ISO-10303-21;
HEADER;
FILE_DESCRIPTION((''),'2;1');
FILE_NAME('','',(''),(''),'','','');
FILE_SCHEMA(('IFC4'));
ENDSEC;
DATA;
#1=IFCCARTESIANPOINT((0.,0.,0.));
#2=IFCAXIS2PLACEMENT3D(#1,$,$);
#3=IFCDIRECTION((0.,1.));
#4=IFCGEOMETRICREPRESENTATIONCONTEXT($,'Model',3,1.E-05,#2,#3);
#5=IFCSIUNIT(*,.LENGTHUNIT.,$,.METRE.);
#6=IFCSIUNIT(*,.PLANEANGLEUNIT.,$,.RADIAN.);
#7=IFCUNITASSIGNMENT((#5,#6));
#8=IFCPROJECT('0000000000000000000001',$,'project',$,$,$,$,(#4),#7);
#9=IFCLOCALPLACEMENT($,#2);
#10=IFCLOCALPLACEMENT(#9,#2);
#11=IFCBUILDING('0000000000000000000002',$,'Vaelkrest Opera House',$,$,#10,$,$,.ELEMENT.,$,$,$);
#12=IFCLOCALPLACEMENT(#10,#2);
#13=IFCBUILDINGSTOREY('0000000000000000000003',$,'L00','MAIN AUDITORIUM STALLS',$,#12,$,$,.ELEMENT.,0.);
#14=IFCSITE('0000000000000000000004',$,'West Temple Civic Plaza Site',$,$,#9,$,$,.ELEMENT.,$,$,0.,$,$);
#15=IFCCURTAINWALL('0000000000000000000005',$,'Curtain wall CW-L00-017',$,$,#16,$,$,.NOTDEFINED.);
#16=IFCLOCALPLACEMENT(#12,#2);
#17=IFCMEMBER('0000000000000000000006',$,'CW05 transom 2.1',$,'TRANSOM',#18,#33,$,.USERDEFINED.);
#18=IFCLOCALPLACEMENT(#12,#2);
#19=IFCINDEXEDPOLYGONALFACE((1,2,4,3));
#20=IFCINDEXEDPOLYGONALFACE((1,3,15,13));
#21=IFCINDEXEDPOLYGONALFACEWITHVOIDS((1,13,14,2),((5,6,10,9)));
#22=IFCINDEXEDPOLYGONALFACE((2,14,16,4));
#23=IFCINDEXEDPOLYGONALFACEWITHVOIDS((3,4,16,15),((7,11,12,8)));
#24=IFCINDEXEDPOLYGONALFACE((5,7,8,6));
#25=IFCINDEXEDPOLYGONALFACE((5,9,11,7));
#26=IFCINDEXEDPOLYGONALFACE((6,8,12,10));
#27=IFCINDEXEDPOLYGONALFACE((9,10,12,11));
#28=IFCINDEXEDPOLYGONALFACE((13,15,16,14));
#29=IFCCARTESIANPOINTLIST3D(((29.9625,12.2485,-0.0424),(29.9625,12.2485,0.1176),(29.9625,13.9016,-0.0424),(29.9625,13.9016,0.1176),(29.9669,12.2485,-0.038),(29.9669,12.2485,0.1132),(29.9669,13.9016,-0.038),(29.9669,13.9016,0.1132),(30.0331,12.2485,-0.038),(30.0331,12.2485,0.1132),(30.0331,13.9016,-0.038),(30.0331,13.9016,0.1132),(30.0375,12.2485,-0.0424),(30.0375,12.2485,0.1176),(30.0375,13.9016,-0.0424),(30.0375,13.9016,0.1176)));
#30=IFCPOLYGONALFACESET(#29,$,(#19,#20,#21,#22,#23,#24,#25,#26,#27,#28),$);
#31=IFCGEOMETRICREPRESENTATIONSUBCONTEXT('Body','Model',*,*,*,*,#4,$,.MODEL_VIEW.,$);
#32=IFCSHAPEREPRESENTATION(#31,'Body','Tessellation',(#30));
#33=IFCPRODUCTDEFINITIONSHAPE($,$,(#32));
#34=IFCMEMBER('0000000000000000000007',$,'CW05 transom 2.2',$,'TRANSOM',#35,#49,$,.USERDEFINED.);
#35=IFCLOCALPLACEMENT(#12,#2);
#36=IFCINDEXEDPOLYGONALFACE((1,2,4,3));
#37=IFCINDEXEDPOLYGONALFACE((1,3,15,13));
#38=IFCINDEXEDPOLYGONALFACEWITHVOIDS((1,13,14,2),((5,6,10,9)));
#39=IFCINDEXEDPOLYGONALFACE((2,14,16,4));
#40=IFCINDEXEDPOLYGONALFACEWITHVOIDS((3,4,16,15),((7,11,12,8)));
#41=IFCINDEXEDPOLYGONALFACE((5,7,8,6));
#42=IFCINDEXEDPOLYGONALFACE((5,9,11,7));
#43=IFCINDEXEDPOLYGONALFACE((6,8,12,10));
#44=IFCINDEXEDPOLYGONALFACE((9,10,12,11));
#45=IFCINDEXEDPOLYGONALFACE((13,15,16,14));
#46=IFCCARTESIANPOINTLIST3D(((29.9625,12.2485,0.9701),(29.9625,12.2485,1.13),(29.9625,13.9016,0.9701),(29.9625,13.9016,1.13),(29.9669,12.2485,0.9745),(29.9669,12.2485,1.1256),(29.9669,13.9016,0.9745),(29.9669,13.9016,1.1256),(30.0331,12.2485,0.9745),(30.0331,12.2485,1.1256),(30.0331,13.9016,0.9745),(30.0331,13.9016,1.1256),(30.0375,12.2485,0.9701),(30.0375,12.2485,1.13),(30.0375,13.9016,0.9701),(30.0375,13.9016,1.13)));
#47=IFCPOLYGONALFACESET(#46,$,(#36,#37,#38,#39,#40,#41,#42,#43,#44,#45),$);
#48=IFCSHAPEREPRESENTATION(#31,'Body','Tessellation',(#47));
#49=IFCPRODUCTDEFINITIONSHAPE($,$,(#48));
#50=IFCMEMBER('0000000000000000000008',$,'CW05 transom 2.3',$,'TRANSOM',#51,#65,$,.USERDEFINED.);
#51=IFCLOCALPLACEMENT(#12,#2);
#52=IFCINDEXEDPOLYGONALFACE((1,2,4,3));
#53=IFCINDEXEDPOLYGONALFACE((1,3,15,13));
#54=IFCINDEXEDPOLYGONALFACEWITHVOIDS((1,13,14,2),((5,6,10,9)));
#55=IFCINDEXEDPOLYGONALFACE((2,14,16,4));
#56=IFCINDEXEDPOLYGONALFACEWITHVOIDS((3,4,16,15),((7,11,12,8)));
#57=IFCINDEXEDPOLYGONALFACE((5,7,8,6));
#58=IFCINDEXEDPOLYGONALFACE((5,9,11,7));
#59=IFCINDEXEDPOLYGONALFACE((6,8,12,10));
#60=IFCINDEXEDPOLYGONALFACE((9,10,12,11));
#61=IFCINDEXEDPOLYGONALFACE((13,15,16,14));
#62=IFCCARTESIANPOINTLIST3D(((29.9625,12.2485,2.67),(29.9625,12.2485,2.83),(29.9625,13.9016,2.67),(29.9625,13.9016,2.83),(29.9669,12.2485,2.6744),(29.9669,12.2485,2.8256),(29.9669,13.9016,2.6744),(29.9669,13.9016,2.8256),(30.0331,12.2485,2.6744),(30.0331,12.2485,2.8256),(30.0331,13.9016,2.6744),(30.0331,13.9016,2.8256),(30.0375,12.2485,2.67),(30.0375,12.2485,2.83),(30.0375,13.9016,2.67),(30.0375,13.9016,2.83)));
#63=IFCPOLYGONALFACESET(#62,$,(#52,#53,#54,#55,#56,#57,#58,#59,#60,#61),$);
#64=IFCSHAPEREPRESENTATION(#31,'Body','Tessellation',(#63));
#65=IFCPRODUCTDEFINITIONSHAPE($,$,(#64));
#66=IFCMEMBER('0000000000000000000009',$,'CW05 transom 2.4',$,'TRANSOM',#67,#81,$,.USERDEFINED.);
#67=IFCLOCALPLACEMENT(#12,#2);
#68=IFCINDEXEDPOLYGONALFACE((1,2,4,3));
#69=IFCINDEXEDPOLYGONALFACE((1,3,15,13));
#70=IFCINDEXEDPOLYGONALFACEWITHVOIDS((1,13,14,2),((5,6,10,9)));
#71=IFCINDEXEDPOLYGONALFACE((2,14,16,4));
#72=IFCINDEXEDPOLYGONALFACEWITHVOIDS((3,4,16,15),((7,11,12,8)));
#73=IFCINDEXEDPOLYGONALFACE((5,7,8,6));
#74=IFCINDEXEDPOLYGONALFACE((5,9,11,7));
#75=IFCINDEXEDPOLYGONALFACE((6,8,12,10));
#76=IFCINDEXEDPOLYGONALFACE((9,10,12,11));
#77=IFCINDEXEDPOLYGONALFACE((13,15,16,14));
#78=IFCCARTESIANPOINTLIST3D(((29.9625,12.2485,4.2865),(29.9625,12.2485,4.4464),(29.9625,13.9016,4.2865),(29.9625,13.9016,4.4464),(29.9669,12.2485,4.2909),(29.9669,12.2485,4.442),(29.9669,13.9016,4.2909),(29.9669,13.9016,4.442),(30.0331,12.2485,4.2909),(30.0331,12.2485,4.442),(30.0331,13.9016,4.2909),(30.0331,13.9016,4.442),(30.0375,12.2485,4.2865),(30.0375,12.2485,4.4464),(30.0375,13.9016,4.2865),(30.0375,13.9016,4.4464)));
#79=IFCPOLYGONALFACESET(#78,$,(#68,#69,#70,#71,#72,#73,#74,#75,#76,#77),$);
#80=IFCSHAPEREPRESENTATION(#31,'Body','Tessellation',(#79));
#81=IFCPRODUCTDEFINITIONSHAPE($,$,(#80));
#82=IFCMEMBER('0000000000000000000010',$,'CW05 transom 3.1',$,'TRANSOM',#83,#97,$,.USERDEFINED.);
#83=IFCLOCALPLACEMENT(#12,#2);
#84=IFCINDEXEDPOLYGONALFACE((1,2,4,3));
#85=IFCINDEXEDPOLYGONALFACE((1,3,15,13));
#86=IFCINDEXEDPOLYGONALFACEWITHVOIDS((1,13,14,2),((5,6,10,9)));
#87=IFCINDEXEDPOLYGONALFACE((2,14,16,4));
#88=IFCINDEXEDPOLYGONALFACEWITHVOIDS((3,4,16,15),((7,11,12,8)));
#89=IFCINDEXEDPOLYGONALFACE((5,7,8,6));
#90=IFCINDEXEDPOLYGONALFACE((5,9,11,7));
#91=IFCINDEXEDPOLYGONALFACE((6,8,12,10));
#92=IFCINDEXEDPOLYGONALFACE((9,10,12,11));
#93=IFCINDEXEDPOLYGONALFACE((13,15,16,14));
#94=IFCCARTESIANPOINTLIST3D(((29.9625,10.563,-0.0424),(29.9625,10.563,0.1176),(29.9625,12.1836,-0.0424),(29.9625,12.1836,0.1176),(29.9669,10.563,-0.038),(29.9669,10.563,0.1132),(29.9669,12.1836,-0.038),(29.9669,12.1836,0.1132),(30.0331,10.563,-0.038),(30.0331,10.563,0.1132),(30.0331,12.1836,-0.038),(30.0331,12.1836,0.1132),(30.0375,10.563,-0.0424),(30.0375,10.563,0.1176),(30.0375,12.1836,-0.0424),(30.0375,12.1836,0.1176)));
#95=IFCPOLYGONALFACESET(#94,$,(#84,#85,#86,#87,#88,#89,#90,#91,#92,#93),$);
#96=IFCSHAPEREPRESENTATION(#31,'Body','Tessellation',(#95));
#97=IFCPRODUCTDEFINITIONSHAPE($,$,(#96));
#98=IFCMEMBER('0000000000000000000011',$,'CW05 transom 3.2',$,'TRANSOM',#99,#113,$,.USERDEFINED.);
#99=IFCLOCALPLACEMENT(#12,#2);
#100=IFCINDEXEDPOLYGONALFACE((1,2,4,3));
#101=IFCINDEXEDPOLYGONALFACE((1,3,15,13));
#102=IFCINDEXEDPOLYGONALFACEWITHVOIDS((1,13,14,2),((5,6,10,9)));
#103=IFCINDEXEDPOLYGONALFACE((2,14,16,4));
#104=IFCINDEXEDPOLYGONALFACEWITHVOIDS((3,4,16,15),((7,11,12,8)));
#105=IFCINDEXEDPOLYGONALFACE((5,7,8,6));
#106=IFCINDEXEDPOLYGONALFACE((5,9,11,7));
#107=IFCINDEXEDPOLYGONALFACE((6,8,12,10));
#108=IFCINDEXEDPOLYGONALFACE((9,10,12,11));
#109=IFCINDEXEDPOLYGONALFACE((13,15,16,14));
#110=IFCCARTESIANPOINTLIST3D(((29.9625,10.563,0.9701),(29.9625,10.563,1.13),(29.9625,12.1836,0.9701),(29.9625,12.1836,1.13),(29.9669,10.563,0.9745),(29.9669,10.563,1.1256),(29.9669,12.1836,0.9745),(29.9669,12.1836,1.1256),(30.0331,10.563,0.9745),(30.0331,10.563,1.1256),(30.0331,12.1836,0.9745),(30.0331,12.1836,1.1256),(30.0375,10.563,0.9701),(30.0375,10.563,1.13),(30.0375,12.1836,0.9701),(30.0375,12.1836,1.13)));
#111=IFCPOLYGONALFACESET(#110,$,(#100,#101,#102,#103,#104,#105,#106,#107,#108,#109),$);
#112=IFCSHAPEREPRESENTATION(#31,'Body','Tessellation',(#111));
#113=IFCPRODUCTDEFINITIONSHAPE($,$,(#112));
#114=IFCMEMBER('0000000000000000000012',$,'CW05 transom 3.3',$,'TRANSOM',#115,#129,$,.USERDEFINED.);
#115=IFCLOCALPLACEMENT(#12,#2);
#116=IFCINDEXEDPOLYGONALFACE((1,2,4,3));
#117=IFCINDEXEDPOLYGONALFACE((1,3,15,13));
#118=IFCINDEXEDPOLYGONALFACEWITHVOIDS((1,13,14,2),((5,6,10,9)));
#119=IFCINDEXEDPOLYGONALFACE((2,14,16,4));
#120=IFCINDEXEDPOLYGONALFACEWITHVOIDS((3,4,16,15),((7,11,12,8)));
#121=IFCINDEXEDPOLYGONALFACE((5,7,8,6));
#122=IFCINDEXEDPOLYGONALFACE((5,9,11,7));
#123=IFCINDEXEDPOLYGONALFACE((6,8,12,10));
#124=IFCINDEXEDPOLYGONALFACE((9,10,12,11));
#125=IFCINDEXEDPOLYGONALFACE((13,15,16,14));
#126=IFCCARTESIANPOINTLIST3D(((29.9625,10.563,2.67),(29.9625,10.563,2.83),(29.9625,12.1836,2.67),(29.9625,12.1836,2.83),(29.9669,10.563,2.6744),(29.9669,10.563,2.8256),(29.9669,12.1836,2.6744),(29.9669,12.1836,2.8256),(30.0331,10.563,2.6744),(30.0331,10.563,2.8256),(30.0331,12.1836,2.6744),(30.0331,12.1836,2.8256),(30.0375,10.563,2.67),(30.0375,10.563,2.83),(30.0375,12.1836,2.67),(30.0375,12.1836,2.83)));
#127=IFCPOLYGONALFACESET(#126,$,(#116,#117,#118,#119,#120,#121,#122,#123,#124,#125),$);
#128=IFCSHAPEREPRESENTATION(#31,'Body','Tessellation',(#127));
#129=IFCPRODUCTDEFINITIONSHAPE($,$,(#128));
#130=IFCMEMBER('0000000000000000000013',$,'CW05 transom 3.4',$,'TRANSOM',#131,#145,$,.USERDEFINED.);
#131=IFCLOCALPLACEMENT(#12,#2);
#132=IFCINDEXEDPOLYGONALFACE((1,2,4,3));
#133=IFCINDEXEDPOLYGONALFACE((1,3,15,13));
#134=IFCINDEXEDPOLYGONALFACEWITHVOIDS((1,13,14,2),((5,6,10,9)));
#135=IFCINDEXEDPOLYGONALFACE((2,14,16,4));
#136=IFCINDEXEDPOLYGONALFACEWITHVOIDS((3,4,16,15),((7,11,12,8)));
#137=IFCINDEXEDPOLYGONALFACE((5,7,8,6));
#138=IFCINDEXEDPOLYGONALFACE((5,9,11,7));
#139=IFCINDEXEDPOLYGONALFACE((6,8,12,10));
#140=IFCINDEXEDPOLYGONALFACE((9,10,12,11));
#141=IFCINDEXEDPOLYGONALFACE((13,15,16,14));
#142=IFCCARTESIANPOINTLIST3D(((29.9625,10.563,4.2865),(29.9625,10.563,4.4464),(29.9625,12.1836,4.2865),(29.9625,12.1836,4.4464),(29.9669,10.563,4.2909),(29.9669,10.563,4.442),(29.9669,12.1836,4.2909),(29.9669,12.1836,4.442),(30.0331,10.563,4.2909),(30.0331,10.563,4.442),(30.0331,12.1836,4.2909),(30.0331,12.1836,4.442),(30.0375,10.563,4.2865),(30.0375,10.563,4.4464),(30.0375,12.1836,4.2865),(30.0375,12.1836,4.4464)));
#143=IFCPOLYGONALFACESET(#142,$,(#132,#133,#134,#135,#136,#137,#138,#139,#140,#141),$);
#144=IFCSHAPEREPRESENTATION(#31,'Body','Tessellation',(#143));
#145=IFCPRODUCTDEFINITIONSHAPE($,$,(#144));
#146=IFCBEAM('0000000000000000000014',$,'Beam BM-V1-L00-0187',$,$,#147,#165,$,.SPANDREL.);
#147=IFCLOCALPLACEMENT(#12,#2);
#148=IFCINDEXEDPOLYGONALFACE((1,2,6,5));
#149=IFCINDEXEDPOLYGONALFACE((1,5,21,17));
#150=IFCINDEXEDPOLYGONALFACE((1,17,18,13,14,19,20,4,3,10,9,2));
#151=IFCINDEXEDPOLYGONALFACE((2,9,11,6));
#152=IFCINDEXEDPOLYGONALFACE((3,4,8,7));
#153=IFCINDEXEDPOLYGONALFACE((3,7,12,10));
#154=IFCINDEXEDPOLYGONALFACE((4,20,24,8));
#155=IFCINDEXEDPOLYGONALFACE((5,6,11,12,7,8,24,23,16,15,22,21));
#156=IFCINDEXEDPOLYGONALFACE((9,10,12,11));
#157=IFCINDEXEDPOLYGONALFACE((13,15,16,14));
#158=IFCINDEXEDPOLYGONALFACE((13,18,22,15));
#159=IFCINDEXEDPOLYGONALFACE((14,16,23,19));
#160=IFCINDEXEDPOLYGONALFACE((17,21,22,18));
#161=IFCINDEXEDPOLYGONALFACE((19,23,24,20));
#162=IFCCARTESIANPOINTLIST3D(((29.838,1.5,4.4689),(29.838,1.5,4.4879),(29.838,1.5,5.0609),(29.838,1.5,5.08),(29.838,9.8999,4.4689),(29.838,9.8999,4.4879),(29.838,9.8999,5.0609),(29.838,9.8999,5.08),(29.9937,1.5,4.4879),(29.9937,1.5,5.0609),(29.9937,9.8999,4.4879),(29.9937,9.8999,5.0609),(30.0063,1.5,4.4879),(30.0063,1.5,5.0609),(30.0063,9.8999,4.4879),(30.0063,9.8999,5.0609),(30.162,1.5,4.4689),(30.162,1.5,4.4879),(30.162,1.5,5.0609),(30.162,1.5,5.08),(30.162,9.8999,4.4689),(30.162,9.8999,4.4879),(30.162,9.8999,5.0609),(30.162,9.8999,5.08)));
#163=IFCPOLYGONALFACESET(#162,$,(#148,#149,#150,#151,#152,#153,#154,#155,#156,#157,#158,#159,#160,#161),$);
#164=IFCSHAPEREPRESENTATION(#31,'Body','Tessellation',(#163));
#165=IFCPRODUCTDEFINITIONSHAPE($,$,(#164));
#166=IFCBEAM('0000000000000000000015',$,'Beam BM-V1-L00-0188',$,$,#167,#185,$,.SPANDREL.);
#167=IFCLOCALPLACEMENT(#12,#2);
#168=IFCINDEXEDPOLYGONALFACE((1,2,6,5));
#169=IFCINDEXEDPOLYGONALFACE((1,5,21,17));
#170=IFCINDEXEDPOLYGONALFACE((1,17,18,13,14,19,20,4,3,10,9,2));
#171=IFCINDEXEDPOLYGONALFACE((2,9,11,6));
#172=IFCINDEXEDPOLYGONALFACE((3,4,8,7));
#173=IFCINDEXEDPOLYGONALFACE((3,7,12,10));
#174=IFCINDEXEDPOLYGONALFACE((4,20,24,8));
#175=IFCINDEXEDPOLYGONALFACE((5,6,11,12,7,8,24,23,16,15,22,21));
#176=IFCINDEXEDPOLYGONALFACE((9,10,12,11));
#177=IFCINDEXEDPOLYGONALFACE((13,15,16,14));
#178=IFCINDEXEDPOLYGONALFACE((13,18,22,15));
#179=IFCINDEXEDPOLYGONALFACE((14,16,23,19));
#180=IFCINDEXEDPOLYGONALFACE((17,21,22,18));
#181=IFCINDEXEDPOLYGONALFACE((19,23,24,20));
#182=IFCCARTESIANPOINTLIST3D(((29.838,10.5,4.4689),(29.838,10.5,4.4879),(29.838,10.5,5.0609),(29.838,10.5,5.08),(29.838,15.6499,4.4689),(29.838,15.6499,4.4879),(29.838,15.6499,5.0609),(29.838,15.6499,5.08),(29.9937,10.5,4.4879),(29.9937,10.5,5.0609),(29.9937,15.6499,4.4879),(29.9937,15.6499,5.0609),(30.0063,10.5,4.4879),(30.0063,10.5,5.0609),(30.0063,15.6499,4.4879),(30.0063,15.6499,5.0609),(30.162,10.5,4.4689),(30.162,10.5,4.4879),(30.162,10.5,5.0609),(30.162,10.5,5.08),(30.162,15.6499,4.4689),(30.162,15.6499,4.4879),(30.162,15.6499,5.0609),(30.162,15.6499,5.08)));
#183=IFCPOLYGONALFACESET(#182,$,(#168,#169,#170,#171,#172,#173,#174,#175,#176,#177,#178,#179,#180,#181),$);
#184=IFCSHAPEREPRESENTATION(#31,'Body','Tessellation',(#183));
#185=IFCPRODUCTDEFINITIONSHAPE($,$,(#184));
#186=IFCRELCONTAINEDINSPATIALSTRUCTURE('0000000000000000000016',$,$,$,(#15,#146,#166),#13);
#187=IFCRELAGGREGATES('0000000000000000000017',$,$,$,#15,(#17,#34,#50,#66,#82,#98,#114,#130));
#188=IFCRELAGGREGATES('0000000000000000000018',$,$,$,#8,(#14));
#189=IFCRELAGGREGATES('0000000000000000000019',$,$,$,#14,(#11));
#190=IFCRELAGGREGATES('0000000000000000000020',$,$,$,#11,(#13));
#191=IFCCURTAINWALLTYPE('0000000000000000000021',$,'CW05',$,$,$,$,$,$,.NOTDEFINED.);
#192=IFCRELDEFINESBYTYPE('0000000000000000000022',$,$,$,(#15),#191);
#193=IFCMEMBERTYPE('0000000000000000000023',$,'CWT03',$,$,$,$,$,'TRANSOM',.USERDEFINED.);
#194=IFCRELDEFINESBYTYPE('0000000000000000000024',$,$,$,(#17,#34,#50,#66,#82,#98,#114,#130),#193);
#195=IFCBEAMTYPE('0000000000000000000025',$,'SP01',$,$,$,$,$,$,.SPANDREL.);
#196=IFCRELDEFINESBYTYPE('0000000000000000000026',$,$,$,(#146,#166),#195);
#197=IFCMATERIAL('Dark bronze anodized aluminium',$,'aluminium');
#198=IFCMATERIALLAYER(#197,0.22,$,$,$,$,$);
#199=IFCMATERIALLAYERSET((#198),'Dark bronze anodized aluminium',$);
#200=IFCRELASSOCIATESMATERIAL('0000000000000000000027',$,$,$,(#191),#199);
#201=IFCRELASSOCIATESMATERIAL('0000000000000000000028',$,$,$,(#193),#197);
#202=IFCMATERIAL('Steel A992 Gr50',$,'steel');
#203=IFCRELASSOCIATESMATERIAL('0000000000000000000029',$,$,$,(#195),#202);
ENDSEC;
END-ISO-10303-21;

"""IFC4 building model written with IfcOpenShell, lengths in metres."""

from ifc_helpers import new_model, si_unit, direction, frame, origin, origin_2d, place, context, subcontext, project, spatial, hollow_rectangle, i_section, extrude, material, layer, layer_set, material_profile, profile_set, type_object, element, aggregate, save


model = new_model("IFC4")

# Units and contexts
model_context = context("Model", 3, precision=1e-05, world=origin(), true_north=direction((0.0, 1.0)))
body_context = subcontext(model_context, "Body", "Model", "MODEL_VIEW")
ifc_project = project(units=[si_unit("LENGTHUNIT", "METRE"), si_unit("PLANEANGLEUNIT", "RADIAN")], contexts=[model_context])

# Site, building, storey
site_placement = place(None, origin())
site = spatial("IfcSite", under=ifc_project, at=site_placement, Name="West Temple Civic Plaza Site", CompositionType="ELEMENT", RefElevation=0.0)
building_placement = place(site_placement, origin())
building = spatial("IfcBuilding", under=site, at=building_placement, Name="Vaelkrest Opera House", CompositionType="ELEMENT")
storey_placement = place(building_placement, origin())
storey = spatial("IfcBuildingStorey", under=building, at=storey_placement, Name="L00", Description="MAIN AUDITORIUM STALLS", CompositionType="ELEMENT", Elevation=0.0)

# Curtain wall, members
ifc_material_1 = material(Name="Dark bronze anodized aluminium", Category="aluminium")
ifc_layer_1 = layer(ifc_material_1, 0.22)
ifc_layer_set_1 = layer_set([ifc_layer_1], Name="Dark bronze anodized aluminium")
curtain_wall_type = type_object("IfcCurtainWallType", Name="CW05", PredefinedType="NOTDEFINED", material=ifc_layer_set_1)
curtain_wall_placement = place(storey_placement, origin())
curtain_wall = element("IfcCurtainWall", 1, at=curtain_wall_placement, inside=storey, type_object=curtain_wall_type, Name="Curtain wall CW-L00-017", PredefinedType="NOTDEFINED")
ifc_material_profile_1 = material_profile(ifc_material_1, hollow_rectangle(XDim=0.075, YDim=0.1599, WallThickness=0.0044, at=origin_2d()), Name="CWT75X160")
ifc_profile_set_1 = profile_set([ifc_material_profile_1], Name="Dark bronze anodized aluminium")
member_type_1 = type_object("IfcMemberType", Name="CWT03", ElementType="TRANSOM", PredefinedType="USERDEFINED", material=ifc_profile_set_1)
member_1_placement = place(storey_placement, frame((30.0, 13.9016, 0.0376), z_axis=(0.0, -1.0, 0.0), x_axis=(1.0, 0.0, 0.0)))
member_1 = element("IfcMember", 2, at=member_1_placement, type_object=member_type_1, Name="CW05 transom 2.1", ObjectType="TRANSOM", PredefinedType="USERDEFINED", context=body_context, shape_type="SweptSolid", body=[
    extrude(hollow_rectangle(XDim=0.075, YDim=0.1599, WallThickness=0.0044, at=origin_2d()), origin(), (0.0, 0.0, 1.0), 1.6531),
])
member_2_placement = place(storey_placement, frame((30.0, 13.9016, 1.05), z_axis=(0.0, -1.0, 0.0), x_axis=(1.0, 0.0, 0.0)))
member_2 = element("IfcMember", 3, at=member_2_placement, type_object=member_type_1, Name="CW05 transom 2.2", ObjectType="TRANSOM", PredefinedType="USERDEFINED", context=body_context, shape_type="SweptSolid", body=[
    extrude(hollow_rectangle(XDim=0.075, YDim=0.1599, WallThickness=0.0044, at=origin_2d()), origin(), (0.0, 0.0, 1.0), 1.6531),
])
member_3_placement = place(storey_placement, frame((30.0, 13.9016, 2.75), z_axis=(0.0, -1.0, 0.0), x_axis=(1.0, 0.0, 0.0)))
member_3 = element("IfcMember", 4, at=member_3_placement, type_object=member_type_1, Name="CW05 transom 2.3", ObjectType="TRANSOM", PredefinedType="USERDEFINED", context=body_context, shape_type="SweptSolid", body=[
    extrude(hollow_rectangle(XDim=0.075, YDim=0.1599, WallThickness=0.0044, at=origin_2d()), origin(), (0.0, 0.0, 1.0), 1.6531),
])
member_4_placement = place(storey_placement, frame((30.0, 13.9016, 4.3665), z_axis=(0.0, -1.0, 0.0), x_axis=(1.0, 0.0, 0.0)))
member_4 = element("IfcMember", 5, at=member_4_placement, type_object=member_type_1, Name="CW05 transom 2.4", ObjectType="TRANSOM", PredefinedType="USERDEFINED", context=body_context, shape_type="SweptSolid", body=[
    extrude(hollow_rectangle(XDim=0.075, YDim=0.1599, WallThickness=0.0044, at=origin_2d()), origin(), (0.0, 0.0, 1.0), 1.6531),
])
member_5_placement = place(storey_placement, frame((30.0, 12.1836, 0.0376), z_axis=(0.0, -1.0, 0.0), x_axis=(1.0, 0.0, 0.0)))
member_5 = element("IfcMember", 6, at=member_5_placement, type_object=member_type_1, Name="CW05 transom 3.1", ObjectType="TRANSOM", PredefinedType="USERDEFINED", context=body_context, shape_type="SweptSolid", body=[
    extrude(hollow_rectangle(XDim=0.075, YDim=0.1599, WallThickness=0.0044, at=origin_2d()), origin(), (0.0, 0.0, 1.0), 1.6206),
])
member_6_placement = place(storey_placement, frame((30.0, 12.1836, 1.05), z_axis=(0.0, -1.0, 0.0), x_axis=(1.0, 0.0, 0.0)))
member_6 = element("IfcMember", 7, at=member_6_placement, type_object=member_type_1, Name="CW05 transom 3.2", ObjectType="TRANSOM", PredefinedType="USERDEFINED", context=body_context, shape_type="SweptSolid", body=[
    extrude(hollow_rectangle(XDim=0.075, YDim=0.1599, WallThickness=0.0044, at=origin_2d()), origin(), (0.0, 0.0, 1.0), 1.6206),
])
member_7_placement = place(storey_placement, frame((30.0, 12.1836, 2.75), z_axis=(0.0, -1.0, 0.0), x_axis=(1.0, 0.0, 0.0)))
member_7 = element("IfcMember", 8, at=member_7_placement, type_object=member_type_1, Name="CW05 transom 3.3", ObjectType="TRANSOM", PredefinedType="USERDEFINED", context=body_context, shape_type="SweptSolid", body=[
    extrude(hollow_rectangle(XDim=0.075, YDim=0.1599, WallThickness=0.0044, at=origin_2d()), origin(), (0.0, 0.0, 1.0), 1.6206),
])
member_8_placement = place(storey_placement, frame((30.0, 12.1836, 4.3665), z_axis=(0.0, -1.0, 0.0), x_axis=(1.0, 0.0, 0.0)))
member_8 = element("IfcMember", 9, at=member_8_placement, type_object=member_type_1, Name="CW05 transom 3.4", ObjectType="TRANSOM", PredefinedType="USERDEFINED", context=body_context, shape_type="SweptSolid", body=[
    extrude(hollow_rectangle(XDim=0.075, YDim=0.1599, WallThickness=0.0044, at=origin_2d()), origin(), (0.0, 0.0, 1.0), 1.6206),
])

# Beams
ifc_material_2 = material(Name="Steel A992 Gr50", Category="steel")
ifc_material_profile_2 = material_profile(ifc_material_2, i_section(OverallWidth=0.324, OverallDepth=0.6111, WebThickness=0.0127, FlangeThickness=0.019, at=origin_2d()), Name="W24X104")
ifc_profile_set_2 = profile_set([ifc_material_profile_2], Name="Steel A992 Gr50")
beam_type = type_object("IfcBeamType", Name="SP01", PredefinedType="SPANDREL", material=ifc_profile_set_2)
beam_1_placement = place(storey_placement, frame((30.0, 1.5, 4.7744), z_axis=(0.0, 1.0, 0.0), x_axis=(-1.0, 0.0, 0.0)))
element("IfcBeam", 10, at=beam_1_placement, inside=storey, type_object=beam_type, Name="Beam BM-V1-L00-0187", PredefinedType="SPANDREL", context=body_context, shape_type="SweptSolid", body=[
    extrude(i_section(OverallWidth=0.324, OverallDepth=0.6111, WebThickness=0.0127, FlangeThickness=0.019, at=origin_2d()), origin(), (0.0, 0.0, 1.0), 8.3999),
])
beam_2_placement = place(storey_placement, frame((30.0, 10.5, 4.7744), z_axis=(0.0, 1.0, 0.0), x_axis=(-1.0, 0.0, 0.0)))
element("IfcBeam", 11, at=beam_2_placement, inside=storey, type_object=beam_type, Name="Beam BM-V1-L00-0188", PredefinedType="SPANDREL", context=body_context, shape_type="SweptSolid", body=[
    extrude(i_section(OverallWidth=0.324, OverallDepth=0.6111, WebThickness=0.0127, FlangeThickness=0.019, at=origin_2d()), origin(), (0.0, 0.0, 1.0), 5.1499),
])

aggregate(curtain_wall, [member_1, member_2, member_3, member_4, member_5, member_6, member_7, member_8])

save(model, "model.ifc")
